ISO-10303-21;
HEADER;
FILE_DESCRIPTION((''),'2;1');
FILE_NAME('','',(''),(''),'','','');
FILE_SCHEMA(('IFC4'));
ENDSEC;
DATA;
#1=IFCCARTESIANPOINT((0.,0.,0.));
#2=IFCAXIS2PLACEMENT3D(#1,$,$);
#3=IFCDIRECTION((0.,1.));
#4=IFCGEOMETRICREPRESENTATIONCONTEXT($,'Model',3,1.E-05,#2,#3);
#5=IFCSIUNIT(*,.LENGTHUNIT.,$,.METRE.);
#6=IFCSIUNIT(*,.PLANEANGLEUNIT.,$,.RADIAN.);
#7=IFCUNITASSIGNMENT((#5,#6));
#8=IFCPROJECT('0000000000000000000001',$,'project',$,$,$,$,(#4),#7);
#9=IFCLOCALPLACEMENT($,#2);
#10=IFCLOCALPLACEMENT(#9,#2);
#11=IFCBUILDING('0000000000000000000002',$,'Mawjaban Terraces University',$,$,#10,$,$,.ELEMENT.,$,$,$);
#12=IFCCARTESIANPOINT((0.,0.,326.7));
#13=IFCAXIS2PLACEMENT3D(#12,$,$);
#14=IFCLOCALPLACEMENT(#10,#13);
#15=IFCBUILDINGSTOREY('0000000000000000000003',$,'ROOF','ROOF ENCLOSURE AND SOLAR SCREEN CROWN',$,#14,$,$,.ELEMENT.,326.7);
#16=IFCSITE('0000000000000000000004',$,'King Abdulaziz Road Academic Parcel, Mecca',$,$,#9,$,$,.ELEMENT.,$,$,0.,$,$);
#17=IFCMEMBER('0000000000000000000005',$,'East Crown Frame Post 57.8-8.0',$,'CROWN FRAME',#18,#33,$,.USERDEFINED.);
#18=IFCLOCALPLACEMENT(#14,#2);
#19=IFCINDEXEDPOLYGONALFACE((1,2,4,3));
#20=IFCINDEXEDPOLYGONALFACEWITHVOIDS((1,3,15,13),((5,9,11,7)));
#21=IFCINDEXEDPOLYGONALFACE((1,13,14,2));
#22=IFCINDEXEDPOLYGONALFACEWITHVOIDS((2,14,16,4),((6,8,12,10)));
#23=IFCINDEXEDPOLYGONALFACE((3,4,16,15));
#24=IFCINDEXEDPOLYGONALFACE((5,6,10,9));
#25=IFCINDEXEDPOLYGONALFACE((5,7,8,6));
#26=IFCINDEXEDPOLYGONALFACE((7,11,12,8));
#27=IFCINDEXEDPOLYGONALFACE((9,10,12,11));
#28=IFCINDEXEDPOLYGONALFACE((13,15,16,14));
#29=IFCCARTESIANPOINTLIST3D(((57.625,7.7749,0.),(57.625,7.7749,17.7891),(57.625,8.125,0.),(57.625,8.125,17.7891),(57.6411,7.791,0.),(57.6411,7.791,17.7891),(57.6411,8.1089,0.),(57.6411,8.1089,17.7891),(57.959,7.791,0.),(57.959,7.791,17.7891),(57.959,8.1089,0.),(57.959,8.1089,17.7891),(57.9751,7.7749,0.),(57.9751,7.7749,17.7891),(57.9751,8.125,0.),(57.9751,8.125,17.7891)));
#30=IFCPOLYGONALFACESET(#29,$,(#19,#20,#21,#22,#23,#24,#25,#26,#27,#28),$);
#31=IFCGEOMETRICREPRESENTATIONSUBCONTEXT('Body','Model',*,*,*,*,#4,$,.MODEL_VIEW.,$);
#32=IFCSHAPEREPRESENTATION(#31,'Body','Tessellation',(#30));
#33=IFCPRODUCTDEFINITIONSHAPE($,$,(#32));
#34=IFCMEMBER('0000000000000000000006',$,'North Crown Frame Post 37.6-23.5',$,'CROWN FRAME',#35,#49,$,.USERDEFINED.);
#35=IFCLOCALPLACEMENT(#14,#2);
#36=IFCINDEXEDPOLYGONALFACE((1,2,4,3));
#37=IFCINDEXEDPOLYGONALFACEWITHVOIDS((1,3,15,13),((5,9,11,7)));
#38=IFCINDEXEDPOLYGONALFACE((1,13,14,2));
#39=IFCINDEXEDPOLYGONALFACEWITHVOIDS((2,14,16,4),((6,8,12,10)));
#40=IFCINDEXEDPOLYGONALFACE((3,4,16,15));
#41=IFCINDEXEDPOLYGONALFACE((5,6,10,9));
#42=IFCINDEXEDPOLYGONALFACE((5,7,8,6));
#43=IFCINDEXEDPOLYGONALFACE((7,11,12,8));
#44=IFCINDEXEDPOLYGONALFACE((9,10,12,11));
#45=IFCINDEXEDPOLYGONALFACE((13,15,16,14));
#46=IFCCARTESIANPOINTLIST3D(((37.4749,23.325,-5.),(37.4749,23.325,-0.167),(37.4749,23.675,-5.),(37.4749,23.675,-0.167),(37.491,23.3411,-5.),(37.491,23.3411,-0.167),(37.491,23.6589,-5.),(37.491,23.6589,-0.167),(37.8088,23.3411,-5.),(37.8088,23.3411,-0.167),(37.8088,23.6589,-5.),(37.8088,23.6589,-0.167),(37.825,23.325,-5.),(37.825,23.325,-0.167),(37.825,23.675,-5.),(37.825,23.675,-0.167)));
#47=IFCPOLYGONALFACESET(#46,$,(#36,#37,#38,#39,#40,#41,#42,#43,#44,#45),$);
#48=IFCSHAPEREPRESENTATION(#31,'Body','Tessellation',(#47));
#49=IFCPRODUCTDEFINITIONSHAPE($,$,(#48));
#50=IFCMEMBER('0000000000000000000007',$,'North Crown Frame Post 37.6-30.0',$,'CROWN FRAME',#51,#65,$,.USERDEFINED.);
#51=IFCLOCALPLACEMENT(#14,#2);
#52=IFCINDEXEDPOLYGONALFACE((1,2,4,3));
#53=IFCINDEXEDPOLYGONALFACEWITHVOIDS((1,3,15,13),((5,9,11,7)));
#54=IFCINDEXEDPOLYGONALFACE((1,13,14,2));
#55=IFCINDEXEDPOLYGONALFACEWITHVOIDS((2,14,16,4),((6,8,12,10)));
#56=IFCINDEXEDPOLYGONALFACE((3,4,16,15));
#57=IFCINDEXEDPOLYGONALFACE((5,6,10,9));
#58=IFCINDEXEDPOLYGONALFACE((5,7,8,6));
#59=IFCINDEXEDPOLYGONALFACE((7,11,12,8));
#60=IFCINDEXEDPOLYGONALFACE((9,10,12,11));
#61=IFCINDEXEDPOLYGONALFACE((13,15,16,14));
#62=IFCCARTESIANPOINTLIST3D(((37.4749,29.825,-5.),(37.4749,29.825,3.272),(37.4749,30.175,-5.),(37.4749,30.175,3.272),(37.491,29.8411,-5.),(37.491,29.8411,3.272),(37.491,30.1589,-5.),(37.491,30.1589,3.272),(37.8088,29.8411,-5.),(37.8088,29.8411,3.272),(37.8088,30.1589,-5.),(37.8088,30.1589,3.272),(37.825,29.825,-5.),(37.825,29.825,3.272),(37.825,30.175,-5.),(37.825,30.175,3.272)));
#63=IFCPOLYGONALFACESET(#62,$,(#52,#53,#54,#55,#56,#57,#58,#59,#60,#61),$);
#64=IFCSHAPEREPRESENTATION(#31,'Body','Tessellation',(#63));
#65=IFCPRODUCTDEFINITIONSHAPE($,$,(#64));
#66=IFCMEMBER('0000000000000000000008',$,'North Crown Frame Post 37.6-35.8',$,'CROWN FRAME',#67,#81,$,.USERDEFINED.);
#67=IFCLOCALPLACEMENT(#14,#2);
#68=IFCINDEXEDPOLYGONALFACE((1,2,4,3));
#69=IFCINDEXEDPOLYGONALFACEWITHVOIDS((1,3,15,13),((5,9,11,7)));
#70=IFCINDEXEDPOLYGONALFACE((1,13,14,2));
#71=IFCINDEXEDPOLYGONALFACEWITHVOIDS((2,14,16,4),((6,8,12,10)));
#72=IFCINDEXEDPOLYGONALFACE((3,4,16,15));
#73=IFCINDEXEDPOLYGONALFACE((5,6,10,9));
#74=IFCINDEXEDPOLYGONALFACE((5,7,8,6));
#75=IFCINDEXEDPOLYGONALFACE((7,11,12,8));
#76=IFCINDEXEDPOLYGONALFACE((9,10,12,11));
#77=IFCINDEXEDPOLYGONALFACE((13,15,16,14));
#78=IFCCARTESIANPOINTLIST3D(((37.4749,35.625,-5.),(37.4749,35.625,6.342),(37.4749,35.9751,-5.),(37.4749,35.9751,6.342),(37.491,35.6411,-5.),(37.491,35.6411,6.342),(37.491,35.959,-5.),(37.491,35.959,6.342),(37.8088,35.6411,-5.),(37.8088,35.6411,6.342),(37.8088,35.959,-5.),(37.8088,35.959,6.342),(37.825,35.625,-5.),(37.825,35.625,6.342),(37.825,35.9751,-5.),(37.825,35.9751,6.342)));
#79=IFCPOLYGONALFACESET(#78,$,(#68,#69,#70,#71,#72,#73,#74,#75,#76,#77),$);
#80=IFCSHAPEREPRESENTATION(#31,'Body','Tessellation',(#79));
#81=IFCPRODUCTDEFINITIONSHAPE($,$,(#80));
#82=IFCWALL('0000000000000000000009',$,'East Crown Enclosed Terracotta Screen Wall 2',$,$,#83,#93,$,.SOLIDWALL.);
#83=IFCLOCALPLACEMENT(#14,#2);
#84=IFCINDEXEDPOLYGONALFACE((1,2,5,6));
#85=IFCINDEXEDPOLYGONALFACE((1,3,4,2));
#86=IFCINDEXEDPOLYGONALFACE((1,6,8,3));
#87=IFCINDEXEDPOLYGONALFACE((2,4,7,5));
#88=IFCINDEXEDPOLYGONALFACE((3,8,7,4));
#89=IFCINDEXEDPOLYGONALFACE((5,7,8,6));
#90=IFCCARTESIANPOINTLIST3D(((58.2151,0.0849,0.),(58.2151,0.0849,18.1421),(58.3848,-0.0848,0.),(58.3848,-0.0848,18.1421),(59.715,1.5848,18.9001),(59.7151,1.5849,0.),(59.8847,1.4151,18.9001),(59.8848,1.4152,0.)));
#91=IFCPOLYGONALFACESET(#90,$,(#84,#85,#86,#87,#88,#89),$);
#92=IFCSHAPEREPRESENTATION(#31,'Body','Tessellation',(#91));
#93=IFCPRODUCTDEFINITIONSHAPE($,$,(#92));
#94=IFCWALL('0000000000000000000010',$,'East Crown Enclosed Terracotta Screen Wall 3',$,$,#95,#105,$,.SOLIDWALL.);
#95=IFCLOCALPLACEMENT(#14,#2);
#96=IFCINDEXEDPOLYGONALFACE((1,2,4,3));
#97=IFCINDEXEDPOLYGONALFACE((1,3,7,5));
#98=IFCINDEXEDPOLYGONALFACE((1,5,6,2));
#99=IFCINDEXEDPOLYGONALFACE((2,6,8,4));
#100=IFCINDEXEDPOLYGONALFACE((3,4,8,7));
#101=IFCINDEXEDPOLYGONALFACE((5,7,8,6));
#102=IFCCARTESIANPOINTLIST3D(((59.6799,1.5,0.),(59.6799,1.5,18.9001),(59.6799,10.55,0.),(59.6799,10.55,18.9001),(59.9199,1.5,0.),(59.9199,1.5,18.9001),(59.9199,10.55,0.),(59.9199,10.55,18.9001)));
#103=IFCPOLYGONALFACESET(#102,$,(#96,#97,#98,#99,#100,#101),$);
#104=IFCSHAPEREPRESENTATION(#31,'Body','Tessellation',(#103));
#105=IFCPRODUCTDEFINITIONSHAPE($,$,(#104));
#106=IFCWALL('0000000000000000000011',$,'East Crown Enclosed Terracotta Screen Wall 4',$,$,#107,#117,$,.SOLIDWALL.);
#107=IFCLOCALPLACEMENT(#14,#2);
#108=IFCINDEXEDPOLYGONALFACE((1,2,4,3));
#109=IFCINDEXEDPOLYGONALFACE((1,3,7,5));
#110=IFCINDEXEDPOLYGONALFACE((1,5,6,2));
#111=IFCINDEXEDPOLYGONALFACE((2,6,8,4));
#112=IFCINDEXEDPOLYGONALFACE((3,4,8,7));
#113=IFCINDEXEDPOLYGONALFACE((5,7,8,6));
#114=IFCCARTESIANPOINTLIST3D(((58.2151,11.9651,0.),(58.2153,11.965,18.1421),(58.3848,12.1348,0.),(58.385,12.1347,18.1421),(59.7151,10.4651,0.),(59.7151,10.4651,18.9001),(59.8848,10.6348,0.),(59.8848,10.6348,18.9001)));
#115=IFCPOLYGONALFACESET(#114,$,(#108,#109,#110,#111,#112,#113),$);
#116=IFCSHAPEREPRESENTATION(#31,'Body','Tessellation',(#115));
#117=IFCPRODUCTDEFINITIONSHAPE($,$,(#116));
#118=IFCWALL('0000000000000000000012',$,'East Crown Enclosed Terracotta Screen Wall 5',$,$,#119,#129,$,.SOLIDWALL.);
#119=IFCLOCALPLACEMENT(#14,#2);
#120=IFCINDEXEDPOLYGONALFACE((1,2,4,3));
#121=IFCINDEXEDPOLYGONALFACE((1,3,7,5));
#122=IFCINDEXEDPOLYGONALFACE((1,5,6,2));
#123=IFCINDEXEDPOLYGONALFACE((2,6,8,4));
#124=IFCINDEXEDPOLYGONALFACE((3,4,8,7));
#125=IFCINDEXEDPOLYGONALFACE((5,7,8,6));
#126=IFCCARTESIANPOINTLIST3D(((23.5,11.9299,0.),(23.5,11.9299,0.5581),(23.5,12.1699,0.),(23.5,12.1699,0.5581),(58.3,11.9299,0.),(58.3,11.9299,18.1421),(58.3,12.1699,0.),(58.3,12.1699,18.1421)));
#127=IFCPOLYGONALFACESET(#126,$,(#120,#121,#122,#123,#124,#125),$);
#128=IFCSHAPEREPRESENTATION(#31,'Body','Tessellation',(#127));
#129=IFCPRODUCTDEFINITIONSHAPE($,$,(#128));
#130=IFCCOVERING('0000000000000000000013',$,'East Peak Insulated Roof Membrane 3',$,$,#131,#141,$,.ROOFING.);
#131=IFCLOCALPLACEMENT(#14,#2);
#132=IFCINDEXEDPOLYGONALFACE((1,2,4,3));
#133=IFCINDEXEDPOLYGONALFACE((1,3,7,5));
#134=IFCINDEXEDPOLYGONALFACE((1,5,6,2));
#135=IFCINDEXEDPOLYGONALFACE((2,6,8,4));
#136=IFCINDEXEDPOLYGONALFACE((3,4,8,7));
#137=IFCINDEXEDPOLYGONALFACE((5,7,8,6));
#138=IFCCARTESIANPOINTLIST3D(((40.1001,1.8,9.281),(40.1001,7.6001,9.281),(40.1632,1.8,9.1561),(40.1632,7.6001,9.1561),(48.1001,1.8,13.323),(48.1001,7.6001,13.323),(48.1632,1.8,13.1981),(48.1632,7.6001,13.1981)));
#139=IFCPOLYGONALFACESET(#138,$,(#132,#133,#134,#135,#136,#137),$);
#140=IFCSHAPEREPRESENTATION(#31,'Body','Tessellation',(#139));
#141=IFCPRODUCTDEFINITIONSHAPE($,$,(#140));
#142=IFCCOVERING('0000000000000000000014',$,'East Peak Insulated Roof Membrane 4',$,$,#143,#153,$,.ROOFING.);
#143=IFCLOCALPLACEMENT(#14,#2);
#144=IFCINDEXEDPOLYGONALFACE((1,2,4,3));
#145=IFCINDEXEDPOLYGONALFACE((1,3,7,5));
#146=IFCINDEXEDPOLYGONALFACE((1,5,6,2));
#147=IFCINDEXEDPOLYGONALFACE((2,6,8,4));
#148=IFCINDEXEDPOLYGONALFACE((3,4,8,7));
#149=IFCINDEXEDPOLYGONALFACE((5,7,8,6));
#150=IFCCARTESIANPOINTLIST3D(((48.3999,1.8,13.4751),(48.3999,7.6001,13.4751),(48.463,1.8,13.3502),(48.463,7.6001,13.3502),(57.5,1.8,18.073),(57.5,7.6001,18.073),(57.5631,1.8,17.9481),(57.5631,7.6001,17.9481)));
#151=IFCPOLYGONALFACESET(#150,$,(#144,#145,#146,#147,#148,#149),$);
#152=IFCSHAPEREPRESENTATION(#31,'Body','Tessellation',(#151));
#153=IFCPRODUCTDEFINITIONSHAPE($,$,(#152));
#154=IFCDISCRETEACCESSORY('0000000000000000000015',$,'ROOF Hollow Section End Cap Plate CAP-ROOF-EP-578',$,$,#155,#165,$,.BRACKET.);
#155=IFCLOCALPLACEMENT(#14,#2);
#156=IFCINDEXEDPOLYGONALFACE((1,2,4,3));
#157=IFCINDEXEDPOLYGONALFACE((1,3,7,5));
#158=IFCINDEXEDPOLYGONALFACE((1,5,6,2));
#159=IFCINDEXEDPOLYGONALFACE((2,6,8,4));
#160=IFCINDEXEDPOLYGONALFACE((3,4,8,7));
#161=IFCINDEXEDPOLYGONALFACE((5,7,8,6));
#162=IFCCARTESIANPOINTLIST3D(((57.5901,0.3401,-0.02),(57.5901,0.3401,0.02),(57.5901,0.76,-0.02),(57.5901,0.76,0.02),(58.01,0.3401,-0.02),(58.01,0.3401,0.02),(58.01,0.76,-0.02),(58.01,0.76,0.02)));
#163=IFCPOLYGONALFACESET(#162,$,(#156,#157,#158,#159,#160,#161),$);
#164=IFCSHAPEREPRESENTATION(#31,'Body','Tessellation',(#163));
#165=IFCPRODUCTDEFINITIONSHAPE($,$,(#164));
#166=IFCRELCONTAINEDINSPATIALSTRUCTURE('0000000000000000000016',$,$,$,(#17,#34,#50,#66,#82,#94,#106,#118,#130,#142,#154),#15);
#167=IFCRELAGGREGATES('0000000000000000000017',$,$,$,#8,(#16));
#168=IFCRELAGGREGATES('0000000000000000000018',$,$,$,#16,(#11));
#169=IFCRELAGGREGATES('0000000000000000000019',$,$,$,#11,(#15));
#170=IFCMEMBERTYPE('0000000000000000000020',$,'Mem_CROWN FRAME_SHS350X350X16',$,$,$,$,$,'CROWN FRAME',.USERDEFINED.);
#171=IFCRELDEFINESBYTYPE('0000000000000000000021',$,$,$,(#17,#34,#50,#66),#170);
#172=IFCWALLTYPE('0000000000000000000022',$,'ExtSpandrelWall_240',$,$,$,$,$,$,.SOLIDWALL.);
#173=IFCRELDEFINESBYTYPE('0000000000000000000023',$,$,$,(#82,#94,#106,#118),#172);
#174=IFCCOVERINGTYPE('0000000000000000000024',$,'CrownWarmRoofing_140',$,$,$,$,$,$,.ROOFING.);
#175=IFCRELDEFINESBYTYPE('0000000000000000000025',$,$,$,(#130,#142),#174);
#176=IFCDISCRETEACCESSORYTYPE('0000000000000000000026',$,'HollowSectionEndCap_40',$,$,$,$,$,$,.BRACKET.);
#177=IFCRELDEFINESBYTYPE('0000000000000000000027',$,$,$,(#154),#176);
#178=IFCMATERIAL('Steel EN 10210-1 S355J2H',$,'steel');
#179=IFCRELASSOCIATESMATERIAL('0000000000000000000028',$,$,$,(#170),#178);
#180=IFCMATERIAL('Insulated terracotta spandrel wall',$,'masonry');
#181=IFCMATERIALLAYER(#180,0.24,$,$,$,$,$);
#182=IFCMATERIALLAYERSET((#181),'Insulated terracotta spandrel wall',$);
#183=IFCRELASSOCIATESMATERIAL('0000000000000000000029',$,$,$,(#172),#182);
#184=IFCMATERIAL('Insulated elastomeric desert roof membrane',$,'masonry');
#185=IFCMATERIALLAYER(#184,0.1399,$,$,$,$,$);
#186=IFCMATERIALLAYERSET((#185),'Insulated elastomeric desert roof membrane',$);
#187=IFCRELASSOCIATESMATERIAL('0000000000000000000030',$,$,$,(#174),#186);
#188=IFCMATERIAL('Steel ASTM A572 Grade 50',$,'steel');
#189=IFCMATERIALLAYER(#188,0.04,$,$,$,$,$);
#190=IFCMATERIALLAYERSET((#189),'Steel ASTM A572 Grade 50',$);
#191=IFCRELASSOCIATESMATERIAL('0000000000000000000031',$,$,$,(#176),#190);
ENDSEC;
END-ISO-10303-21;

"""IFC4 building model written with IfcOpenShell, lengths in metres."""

from ifc_helpers import new_model, si_unit, direction, frame, origin, origin_2d, place, context, subcontext, project, spatial, polyline, rectangle, hollow_rectangle, outline, extrude, material, layer, layer_set, material_profile, profile_set, type_object, element, save


model = new_model("IFC4")

# Units and contexts
model_context = context("Model", 3, precision=1e-05, world=origin(), true_north=direction((0.0, 1.0)))
body_context = subcontext(model_context, "Body", "Model", "MODEL_VIEW")
ifc_project = project(units=[si_unit("LENGTHUNIT", "METRE"), si_unit("PLANEANGLEUNIT", "RADIAN")], contexts=[model_context])

# Site, building, storey
site_placement = place(None, origin())
site = spatial("IfcSite", under=ifc_project, at=site_placement, Name="King Abdulaziz Road Academic Parcel, Mecca", CompositionType="ELEMENT", RefElevation=0.0)
building_placement = place(site_placement, origin())
building = spatial("IfcBuilding", under=site, at=building_placement, Name="Mawjaban Terraces University", CompositionType="ELEMENT")
storey_placement = place(building_placement, frame((0.0, 0.0, 326.7)))
storey = spatial("IfcBuildingStorey", under=building, at=storey_placement, Name="ROOF", Description="ROOF ENCLOSURE AND SOLAR SCREEN CROWN", CompositionType="ELEMENT", Elevation=326.7)

# Shared definitions
ifc_material_1 = material(Name="Steel ASTM A572 Grade 50", Category="steel")

# Members
ifc_material_2 = material(Name="Steel EN 10210-1 S355J2H", Category="steel")
ifc_material_profile_1 = material_profile(ifc_material_2, hollow_rectangle(XDim=0.3501, YDim=0.3501, WallThickness=0.0161, at=origin_2d()), Name="SHS350X350X16")
ifc_profile_set_1 = profile_set([ifc_material_profile_1], Name="Steel EN 10210-1 S355J2H")
member_type_1 = type_object("IfcMemberType", Name="Mem_CROWN FRAME_SHS350X350X16", ElementType="CROWN FRAME", PredefinedType="USERDEFINED", material=ifc_profile_set_1)
member_1_placement = place(storey_placement, frame((57.8, 7.95, 0.0), z_axis=(0.0, 0.0, 1.0), x_axis=(1.0, 0.0, 0.0)))
element("IfcMember", 1, at=member_1_placement, inside=storey, type_object=member_type_1, Name="East Crown Frame Post 57.8-8.0", ObjectType="CROWN FRAME", PredefinedType="USERDEFINED", context=body_context, shape_type="SweptSolid", body=[
    extrude(hollow_rectangle(XDim=0.3501, YDim=0.3501, WallThickness=0.0161, at=origin_2d()), origin(), (0.0, 0.0, 1.0), 17.7891),
])
member_2_placement = place(storey_placement, frame((37.6499, 23.5, -5.0), z_axis=(0.0, 0.0, 1.0), x_axis=(1.0, 0.0, 0.0)))
element("IfcMember", 2, at=member_2_placement, inside=storey, type_object=member_type_1, Name="North Crown Frame Post 37.6-23.5", ObjectType="CROWN FRAME", PredefinedType="USERDEFINED", context=body_context, shape_type="SweptSolid", body=[
    extrude(hollow_rectangle(XDim=0.3501, YDim=0.3501, WallThickness=0.0161, at=origin_2d()), origin(), (0.0, 0.0, 1.0), 4.833),
])
member_3_placement = place(storey_placement, frame((37.6499, 30.0, -5.0), z_axis=(0.0, 0.0, 1.0), x_axis=(1.0, 0.0, 0.0)))
element("IfcMember", 3, at=member_3_placement, inside=storey, type_object=member_type_1, Name="North Crown Frame Post 37.6-30.0", ObjectType="CROWN FRAME", PredefinedType="USERDEFINED", context=body_context, shape_type="SweptSolid", body=[
    extrude(hollow_rectangle(XDim=0.3501, YDim=0.3501, WallThickness=0.0161, at=origin_2d()), origin(), (0.0, 0.0, 1.0), 8.272),
])
member_4_placement = place(storey_placement, frame((37.6499, 35.8, -5.0), z_axis=(0.0, 0.0, 1.0), x_axis=(1.0, 0.0, 0.0)))
element("IfcMember", 4, at=member_4_placement, inside=storey, type_object=member_type_1, Name="North Crown Frame Post 37.6-35.8", ObjectType="CROWN FRAME", PredefinedType="USERDEFINED", context=body_context, shape_type="SweptSolid", body=[
    extrude(hollow_rectangle(XDim=0.3501, YDim=0.3501, WallThickness=0.0161, at=origin_2d()), origin(), (0.0, 0.0, 1.0), 11.342),
])

# Walls
ifc_material_3 = material(Name="Insulated terracotta spandrel wall", Category="masonry")
ifc_layer_1 = layer(ifc_material_3, 0.24)
ifc_layer_set_1 = layer_set([ifc_layer_1], Name="Insulated terracotta spandrel wall")
wall_type = type_object("IfcWallType", Name="ExtSpandrelWall_240", PredefinedType="SOLIDWALL", material=ifc_layer_set_1)
wall_1_placement = place(storey_placement, frame((58.3, 0.0, 0.0), z_axis=(0.0, 0.0, 1.0), x_axis=(0.707107, 0.707107, 0.0)))
element("IfcWall", 5, at=wall_1_placement, inside=storey, type_object=wall_type, Name="East Crown Enclosed Terracotta Screen Wall 2", PredefinedType="SOLIDWALL", context=body_context, shape_type="SweptSolid", body=[
    extrude(outline(polyline([(0.0, 0.0), (2.1213, 0.0), (2.1211, 18.9001), (0.0, 18.1421), (0.0, 0.0)])), frame((0.0, 0.1201, 0.0), z_axis=(0.0, -1.0, 0.0), x_axis=(1.0, 0.0, 0.0)), (0.0, 0.0, 1.0), 0.24),
])
wall_2_placement = place(storey_placement, frame((59.8, 1.5, 0.0), z_axis=(0.0, 0.0, 1.0), x_axis=(0.0, 1.0, 0.0)))
element("IfcWall", 6, at=wall_2_placement, inside=storey, type_object=wall_type, Name="East Crown Enclosed Terracotta Screen Wall 3", PredefinedType="SOLIDWALL", context=body_context, shape_type="SweptSolid", body=[
    extrude(outline(polyline([(0.0, 0.0), (9.05, 0.0), (9.05, 18.9001), (0.0, 18.9001), (0.0, 0.0)])), frame((0.0, 0.1201, 0.0), z_axis=(0.0, -1.0, 0.0), x_axis=(1.0, 0.0, 0.0)), (0.0, 0.0, 1.0), 0.24),
])
wall_3_placement = place(storey_placement, frame((59.8, 10.55, 0.0), z_axis=(0.0, 0.0, 1.0), x_axis=(-0.707107, 0.707107, 0.0)))
element("IfcWall", 7, at=wall_3_placement, inside=storey, type_object=wall_type, Name="East Crown Enclosed Terracotta Screen Wall 4", PredefinedType="SOLIDWALL", context=body_context, shape_type="SweptSolid", body=[
    extrude(outline(polyline([(0.0, 0.0), (2.1213, 0.0), (2.1211, 18.1421), (0.0, 18.9001), (0.0, 0.0)])), frame((0.0, 0.1201, 0.0), z_axis=(0.0, -1.0, 0.0), x_axis=(1.0, 0.0, 0.0)), (0.0, 0.0, 1.0), 0.24),
])
wall_4_placement = place(storey_placement, frame((58.3, 12.05, 0.0), z_axis=(0.0, 0.0, 1.0), x_axis=(-1.0, 0.0, 0.0)))
element("IfcWall", 8, at=wall_4_placement, inside=storey, type_object=wall_type, Name="East Crown Enclosed Terracotta Screen Wall 5", PredefinedType="SOLIDWALL", context=body_context, shape_type="SweptSolid", body=[
    extrude(outline(polyline([(0.0, 0.0), (34.8, 0.0), (34.8, 0.5581), (0.0, 18.1421), (0.0, 0.0)])), frame((0.0, 0.1201, 0.0), z_axis=(0.0, -1.0, 0.0), x_axis=(1.0, 0.0, 0.0)), (0.0, 0.0, 1.0), 0.24),
])

# Coverings
ifc_material_4 = material(Name="Insulated elastomeric desert roof membrane", Category="masonry")
ifc_layer_2 = layer(ifc_material_4, 0.1399)
ifc_layer_set_2 = layer_set([ifc_layer_2], Name="Insulated elastomeric desert roof membrane")
covering_type = type_object("IfcCoveringType", Name="CrownWarmRoofing_140", PredefinedType="ROOFING", material=ifc_layer_set_2)
covering_1_placement = place(storey_placement, frame((40.1001, 1.8, 9.281), z_axis=(-0.450958, 0.0, 0.892545), x_axis=(0.892545, 0.0, 0.450958)))
element("IfcCovering", 9, at=covering_1_placement, inside=storey, type_object=covering_type, Name="East Peak Insulated Roof Membrane 3", PredefinedType="ROOFING", context=body_context, shape_type="SweptSolid", body=[
    extrude(outline(polyline([(0.0, 0.0), (8.9631, 0.0), (8.9631, 5.8), (0.0, 5.8), (0.0, 0.0)])), origin(), (0.0, 0.0, -1.0), 0.1399),
])
covering_2_placement = place(storey_placement, frame((48.3999, 1.8, 13.4751), z_axis=(-0.450964, 0.0, 0.892542), x_axis=(0.892542, 0.0, 0.450964)))
element("IfcCovering", 10, at=covering_2_placement, inside=storey, type_object=covering_type, Name="East Peak Insulated Roof Membrane 4", PredefinedType="ROOFING", context=body_context, shape_type="SweptSolid", body=[
    extrude(outline(polyline([(0.0, 0.0), (10.1957, 0.0), (10.1957, 5.8), (0.0, 5.8), (0.0, 0.0)])), origin(), (0.0, 0.0, -1.0), 0.1399),
])

# Discrete accessory
ifc_layer_3 = layer(ifc_material_1, 0.04)
ifc_layer_set_3 = layer_set([ifc_layer_3], Name="Steel ASTM A572 Grade 50")
discrete_accessory_type = type_object("IfcDiscreteAccessoryType", Name="HollowSectionEndCap_40", PredefinedType="BRACKET", material=ifc_layer_set_3)
discrete_accessory_placement = place(storey_placement, frame((57.8, 0.55, -0.02), z_axis=(0.0, 0.0, 1.0), x_axis=(1.0, 0.0, 0.0)))
element("IfcDiscreteAccessory", 11, at=discrete_accessory_placement, inside=storey, type_object=discrete_accessory_type, Name="ROOF Hollow Section End Cap Plate CAP-ROOF-EP-578", PredefinedType="BRACKET", context=body_context, shape_type="SweptSolid", body=[
    extrude(rectangle(XDim=0.4199, YDim=0.4199, at=origin_2d()), origin(), (0.0, 0.0, 1.0), 0.04),
])

save(model, "model.ifc")
